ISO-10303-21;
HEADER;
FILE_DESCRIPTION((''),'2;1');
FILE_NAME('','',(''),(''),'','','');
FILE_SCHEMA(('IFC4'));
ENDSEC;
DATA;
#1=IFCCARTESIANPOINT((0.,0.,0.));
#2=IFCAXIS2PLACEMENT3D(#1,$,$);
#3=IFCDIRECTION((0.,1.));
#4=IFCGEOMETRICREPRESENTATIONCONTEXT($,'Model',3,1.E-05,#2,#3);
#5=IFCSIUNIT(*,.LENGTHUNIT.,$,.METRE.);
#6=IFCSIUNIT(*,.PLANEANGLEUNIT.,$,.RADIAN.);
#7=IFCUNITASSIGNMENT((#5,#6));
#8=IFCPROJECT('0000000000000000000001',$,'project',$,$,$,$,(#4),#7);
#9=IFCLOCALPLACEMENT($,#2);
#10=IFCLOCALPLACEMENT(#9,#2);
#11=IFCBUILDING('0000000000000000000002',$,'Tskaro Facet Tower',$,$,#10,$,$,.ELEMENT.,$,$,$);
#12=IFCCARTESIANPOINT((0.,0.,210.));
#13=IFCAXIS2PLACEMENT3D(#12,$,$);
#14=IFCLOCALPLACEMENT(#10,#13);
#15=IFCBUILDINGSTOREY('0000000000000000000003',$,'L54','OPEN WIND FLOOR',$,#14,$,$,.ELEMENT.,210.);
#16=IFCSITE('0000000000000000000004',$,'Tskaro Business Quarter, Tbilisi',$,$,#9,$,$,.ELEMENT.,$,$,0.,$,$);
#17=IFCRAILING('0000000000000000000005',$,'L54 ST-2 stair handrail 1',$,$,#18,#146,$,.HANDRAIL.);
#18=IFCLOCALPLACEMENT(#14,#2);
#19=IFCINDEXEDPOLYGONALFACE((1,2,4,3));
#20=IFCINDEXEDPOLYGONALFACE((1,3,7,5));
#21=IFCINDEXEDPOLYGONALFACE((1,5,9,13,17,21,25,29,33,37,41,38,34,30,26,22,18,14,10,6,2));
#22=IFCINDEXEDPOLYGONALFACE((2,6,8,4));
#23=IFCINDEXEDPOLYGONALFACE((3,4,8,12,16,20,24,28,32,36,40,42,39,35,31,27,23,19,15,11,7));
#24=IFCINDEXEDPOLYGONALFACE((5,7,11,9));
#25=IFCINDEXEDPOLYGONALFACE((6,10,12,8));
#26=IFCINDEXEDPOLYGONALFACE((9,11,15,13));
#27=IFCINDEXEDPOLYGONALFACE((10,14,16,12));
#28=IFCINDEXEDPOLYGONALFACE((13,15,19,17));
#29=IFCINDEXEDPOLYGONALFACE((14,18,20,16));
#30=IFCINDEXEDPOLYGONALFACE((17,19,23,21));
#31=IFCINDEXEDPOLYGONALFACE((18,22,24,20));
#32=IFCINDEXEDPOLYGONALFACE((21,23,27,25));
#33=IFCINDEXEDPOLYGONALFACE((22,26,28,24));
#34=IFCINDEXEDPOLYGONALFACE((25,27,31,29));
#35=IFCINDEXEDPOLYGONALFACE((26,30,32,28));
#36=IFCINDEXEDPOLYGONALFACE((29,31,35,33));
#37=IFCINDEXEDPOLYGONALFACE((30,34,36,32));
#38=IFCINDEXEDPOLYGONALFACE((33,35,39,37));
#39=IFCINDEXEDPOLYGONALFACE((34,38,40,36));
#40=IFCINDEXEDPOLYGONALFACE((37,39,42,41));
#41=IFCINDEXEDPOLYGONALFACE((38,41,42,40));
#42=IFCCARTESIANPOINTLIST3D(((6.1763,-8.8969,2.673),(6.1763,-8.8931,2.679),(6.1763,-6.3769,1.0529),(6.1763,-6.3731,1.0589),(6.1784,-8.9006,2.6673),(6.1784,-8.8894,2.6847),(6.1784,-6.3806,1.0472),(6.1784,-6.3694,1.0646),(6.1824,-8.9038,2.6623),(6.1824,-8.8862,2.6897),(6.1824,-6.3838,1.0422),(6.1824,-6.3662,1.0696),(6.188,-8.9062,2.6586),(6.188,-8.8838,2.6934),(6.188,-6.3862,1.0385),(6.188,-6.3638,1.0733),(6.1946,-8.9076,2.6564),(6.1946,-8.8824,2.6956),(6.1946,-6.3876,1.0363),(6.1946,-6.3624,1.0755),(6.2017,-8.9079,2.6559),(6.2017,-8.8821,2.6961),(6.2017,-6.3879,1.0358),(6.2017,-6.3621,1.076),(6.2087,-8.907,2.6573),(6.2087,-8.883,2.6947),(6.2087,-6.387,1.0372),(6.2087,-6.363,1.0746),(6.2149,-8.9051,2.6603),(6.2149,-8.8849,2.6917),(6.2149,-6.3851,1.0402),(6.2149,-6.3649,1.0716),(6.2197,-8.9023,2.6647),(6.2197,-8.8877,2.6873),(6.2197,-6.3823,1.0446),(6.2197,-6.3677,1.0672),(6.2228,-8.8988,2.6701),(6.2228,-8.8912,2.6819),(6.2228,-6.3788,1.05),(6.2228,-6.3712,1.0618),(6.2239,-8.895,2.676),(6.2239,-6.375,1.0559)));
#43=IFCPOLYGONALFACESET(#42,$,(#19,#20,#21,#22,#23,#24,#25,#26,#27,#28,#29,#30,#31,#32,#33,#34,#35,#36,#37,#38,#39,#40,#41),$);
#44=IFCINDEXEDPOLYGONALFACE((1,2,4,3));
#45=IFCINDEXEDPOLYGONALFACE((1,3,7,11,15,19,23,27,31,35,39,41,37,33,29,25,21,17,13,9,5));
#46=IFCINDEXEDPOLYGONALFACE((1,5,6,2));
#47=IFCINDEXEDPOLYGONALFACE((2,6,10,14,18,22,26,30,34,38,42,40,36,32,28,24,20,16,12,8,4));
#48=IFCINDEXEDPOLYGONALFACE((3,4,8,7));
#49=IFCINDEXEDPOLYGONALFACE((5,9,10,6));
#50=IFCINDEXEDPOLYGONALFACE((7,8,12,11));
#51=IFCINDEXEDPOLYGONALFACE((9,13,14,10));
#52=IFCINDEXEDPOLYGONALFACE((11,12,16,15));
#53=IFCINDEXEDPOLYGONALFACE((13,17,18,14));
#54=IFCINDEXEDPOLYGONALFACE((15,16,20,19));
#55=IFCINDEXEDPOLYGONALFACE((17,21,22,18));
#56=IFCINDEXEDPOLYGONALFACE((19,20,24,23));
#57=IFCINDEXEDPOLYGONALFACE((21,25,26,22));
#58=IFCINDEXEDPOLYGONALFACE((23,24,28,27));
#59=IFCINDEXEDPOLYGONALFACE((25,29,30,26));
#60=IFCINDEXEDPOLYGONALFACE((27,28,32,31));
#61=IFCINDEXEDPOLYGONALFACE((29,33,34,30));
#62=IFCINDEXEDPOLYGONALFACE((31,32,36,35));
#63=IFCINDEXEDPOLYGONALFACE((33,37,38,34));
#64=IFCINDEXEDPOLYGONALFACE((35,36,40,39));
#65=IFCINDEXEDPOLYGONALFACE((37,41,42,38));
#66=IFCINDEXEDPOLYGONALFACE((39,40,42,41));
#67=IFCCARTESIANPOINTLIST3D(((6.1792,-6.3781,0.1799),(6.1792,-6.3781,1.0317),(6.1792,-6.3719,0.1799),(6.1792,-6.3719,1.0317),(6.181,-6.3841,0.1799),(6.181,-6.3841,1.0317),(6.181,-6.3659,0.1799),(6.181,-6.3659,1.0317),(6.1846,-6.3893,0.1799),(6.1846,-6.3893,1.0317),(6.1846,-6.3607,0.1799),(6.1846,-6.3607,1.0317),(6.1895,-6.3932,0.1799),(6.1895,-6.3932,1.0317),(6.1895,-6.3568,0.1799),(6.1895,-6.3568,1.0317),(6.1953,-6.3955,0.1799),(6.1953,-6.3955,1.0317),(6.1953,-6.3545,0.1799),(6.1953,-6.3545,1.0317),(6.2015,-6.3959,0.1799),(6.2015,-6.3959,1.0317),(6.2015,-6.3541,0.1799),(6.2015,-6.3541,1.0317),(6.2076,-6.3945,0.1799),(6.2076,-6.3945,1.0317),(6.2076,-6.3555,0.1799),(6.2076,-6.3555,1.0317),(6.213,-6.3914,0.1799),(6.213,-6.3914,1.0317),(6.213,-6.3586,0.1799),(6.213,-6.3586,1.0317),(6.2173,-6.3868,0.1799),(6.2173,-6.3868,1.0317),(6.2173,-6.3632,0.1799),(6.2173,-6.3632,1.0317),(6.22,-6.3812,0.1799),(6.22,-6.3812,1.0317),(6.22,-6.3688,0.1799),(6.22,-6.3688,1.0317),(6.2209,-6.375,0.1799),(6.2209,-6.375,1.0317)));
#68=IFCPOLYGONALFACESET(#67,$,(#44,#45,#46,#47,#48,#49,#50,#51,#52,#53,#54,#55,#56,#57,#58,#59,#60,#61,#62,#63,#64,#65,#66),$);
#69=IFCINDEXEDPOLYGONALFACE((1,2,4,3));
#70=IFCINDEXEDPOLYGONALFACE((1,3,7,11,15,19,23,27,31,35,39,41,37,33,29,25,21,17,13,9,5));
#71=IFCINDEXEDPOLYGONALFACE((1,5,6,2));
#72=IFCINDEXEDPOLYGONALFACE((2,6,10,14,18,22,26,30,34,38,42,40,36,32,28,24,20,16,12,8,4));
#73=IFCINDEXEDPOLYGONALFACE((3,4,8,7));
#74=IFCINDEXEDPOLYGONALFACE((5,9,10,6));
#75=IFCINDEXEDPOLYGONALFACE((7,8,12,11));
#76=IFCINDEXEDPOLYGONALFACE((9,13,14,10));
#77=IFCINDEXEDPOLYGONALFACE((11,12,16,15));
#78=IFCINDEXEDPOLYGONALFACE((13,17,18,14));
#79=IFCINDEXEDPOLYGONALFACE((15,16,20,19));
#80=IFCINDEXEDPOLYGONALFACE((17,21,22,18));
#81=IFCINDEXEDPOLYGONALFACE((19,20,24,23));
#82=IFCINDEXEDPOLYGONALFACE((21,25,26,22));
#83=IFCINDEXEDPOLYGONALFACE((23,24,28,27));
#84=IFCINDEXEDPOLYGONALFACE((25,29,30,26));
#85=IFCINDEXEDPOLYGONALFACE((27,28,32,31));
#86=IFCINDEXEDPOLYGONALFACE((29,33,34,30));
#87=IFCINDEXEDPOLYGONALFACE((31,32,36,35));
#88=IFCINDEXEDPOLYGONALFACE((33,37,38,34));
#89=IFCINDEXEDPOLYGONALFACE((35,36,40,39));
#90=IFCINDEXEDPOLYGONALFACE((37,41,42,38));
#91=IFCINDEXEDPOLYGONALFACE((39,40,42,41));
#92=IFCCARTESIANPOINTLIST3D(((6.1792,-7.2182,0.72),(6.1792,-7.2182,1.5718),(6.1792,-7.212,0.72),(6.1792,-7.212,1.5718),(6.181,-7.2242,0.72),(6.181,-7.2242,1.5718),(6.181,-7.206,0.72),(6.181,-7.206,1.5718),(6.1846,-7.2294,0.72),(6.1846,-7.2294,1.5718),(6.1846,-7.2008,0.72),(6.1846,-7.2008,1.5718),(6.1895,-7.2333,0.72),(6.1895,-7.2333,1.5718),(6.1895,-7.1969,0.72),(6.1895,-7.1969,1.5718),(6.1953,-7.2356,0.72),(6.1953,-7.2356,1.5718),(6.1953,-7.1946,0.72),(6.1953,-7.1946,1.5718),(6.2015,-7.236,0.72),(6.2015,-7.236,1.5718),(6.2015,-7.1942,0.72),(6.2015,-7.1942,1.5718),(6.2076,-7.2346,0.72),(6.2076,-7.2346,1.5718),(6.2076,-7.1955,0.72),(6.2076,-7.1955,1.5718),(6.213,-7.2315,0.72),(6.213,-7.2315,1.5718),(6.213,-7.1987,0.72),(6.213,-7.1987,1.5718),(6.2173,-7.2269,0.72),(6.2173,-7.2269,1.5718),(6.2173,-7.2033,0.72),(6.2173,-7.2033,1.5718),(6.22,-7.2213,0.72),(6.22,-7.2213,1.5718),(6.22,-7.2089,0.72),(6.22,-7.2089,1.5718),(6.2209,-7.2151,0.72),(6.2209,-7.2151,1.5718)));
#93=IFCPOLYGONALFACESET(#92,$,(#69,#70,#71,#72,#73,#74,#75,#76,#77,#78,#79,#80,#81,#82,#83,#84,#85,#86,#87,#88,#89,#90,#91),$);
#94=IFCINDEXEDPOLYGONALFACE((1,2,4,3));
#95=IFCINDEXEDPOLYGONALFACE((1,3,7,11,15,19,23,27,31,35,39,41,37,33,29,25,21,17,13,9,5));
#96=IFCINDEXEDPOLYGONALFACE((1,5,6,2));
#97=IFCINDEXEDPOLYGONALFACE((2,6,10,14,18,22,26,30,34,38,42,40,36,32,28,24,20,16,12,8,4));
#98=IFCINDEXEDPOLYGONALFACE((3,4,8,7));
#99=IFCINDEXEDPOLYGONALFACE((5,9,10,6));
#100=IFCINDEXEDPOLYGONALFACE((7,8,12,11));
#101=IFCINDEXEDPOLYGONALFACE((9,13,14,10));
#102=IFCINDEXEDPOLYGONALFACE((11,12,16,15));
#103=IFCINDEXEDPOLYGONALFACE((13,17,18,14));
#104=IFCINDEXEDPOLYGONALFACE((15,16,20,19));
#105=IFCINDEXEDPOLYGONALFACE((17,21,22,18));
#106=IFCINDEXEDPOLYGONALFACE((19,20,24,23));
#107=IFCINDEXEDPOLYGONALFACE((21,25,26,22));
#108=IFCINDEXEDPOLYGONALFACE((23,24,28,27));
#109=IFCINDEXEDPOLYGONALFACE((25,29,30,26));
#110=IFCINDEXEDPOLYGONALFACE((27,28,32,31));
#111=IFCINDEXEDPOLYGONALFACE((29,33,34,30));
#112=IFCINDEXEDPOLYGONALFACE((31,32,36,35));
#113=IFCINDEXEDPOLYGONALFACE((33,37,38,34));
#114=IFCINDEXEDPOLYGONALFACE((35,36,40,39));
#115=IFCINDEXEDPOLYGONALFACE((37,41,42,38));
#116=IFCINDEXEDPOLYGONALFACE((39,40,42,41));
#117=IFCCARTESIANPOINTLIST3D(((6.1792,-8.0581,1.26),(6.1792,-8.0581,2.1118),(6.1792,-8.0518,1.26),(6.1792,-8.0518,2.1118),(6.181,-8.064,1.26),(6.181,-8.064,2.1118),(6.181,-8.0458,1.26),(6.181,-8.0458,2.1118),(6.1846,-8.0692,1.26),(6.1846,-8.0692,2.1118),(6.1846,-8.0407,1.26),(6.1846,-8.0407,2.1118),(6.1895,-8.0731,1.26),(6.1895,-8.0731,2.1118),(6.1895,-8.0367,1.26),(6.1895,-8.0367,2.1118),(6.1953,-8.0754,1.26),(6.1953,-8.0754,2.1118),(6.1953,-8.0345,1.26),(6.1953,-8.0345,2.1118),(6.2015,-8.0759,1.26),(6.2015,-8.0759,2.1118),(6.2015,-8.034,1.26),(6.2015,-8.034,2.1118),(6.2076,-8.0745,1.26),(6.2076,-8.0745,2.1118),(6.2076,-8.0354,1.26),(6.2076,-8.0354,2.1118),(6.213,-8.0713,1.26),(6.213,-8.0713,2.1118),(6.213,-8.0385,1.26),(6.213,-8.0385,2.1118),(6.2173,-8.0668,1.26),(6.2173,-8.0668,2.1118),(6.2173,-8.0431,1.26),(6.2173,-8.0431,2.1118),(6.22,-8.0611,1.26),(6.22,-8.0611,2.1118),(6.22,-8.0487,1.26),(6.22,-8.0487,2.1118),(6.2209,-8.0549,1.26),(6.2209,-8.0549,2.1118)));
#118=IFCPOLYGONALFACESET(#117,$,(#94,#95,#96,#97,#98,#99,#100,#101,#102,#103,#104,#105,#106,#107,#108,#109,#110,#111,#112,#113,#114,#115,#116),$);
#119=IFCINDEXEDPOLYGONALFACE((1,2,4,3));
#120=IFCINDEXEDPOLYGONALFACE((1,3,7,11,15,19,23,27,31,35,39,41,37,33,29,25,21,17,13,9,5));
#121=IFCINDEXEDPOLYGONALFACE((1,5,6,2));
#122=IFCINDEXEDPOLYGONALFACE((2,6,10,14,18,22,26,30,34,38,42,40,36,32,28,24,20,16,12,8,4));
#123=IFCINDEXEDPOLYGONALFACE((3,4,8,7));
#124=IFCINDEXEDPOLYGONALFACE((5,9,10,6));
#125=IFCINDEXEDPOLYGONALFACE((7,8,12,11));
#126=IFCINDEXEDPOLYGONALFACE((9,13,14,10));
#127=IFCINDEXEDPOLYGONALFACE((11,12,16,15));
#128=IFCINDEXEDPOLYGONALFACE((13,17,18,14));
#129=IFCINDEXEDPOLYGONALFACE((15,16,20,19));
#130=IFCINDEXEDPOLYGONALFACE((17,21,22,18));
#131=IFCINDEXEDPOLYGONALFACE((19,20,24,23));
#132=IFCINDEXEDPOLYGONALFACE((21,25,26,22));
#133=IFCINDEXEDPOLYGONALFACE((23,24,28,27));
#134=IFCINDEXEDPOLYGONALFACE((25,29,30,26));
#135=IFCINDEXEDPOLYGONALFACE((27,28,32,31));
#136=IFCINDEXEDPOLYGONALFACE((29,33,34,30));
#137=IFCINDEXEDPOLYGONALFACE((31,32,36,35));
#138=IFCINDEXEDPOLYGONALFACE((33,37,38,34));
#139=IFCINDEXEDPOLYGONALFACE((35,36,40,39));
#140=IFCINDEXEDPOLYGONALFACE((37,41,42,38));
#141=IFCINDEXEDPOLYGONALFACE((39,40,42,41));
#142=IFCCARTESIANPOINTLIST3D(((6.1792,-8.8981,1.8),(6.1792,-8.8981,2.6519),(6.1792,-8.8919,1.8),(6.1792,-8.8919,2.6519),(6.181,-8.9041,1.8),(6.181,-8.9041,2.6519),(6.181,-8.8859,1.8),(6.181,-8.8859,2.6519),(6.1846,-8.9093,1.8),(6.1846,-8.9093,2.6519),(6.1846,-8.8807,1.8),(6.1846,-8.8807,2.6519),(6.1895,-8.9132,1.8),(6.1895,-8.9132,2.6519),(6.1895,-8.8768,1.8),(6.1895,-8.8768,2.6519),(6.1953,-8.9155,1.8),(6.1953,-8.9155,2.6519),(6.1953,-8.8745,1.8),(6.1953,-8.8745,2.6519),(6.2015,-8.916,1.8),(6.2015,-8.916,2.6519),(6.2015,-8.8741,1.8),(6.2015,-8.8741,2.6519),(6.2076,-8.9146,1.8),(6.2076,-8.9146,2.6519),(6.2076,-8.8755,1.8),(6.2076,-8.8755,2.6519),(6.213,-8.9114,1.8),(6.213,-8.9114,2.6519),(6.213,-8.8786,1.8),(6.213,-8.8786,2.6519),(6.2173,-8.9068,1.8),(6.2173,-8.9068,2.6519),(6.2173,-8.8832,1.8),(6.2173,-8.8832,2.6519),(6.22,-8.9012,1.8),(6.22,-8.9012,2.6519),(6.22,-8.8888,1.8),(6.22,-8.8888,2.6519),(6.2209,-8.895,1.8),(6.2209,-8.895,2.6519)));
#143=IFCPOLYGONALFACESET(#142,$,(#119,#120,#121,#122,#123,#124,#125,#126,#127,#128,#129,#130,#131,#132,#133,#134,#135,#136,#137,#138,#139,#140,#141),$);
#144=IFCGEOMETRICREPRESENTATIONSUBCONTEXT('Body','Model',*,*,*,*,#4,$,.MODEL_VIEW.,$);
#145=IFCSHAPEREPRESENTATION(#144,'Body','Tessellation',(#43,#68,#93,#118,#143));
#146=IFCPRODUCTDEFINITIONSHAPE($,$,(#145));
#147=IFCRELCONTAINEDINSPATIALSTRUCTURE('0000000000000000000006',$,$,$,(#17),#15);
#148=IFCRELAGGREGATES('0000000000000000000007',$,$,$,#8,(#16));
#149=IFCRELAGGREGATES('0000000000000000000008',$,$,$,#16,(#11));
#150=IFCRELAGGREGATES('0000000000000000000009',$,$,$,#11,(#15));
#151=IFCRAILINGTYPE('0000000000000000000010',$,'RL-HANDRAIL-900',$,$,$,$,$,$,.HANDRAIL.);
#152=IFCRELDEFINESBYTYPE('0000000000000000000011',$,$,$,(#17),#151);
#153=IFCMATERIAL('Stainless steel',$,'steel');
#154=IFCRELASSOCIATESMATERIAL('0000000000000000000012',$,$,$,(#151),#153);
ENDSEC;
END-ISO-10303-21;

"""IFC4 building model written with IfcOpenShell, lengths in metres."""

from ifc_helpers import new_model, si_unit, direction, frame, origin, origin_2d, place, context, subcontext, project, spatial, circle, extrude, material, type_object, element, save


model = new_model("IFC4")

# Units and contexts
model_context = context("Model", 3, precision=1e-05, world=origin(), true_north=direction((0.0, 1.0)))
body_context = subcontext(model_context, "Body", "Model", "MODEL_VIEW")
ifc_project = project(units=[si_unit("LENGTHUNIT", "METRE"), si_unit("PLANEANGLEUNIT", "RADIAN")], contexts=[model_context])

# Site, building, storey
site_placement = place(None, origin())
site = spatial("IfcSite", under=ifc_project, at=site_placement, Name="Tskaro Business Quarter, Tbilisi", CompositionType="ELEMENT", RefElevation=0.0)
building_placement = place(site_placement, origin())
building = spatial("IfcBuilding", under=site, at=building_placement, Name="Tskaro Facet Tower", CompositionType="ELEMENT")
storey_placement = place(building_placement, frame((0.0, 0.0, 210.0)))
storey = spatial("IfcBuildingStorey", under=building, at=storey_placement, Name="L54", Description="OPEN WIND FLOOR", CompositionType="ELEMENT", Elevation=210.0)

# Railing
ifc_material_1 = material(Name="Stainless steel", Category="steel")
railing_type_1 = type_object("IfcRailingType", Name="RL-HANDRAIL-900", PredefinedType="HANDRAIL", material=ifc_material_1)
railing_1_placement = place(storey_placement, frame((6.2, -6.375, 0.1799)))
element("IfcRailing", 1, at=railing_1_placement, inside=storey, type_object=railing_type_1, Name="L54 ST-2 stair handrail 1", PredefinedType="HANDRAIL", context=body_context, shape_type="SweptSolid", body=[
    extrude(circle(Radius=0.0239, at=origin_2d()), frame((0.0, 0.0, 0.876), z_axis=(0.0, -0.841163, 0.540782), x_axis=(1.0, 0.0, 0.0)), (0.0, 0.0, 1.0), 2.9958),
    extrude(circle(Radius=0.021, at=origin_2d()), origin(), (0.0, 0.0, 1.0), 0.8518),
    extrude(circle(Radius=0.021, at=origin_2d()), frame((0.0, -0.8401, 0.54)), (0.0, 0.0, 1.0), 0.8518),
    extrude(circle(Radius=0.021, at=origin_2d()), frame((0.0, -1.6799, 1.0801)), (0.0, 0.0, 1.0), 0.8518),
    extrude(circle(Radius=0.021, at=origin_2d()), frame((0.0, -2.52, 1.6201)), (0.0, 0.0, 1.0), 0.8518),
])

save(model, "model.ifc")
